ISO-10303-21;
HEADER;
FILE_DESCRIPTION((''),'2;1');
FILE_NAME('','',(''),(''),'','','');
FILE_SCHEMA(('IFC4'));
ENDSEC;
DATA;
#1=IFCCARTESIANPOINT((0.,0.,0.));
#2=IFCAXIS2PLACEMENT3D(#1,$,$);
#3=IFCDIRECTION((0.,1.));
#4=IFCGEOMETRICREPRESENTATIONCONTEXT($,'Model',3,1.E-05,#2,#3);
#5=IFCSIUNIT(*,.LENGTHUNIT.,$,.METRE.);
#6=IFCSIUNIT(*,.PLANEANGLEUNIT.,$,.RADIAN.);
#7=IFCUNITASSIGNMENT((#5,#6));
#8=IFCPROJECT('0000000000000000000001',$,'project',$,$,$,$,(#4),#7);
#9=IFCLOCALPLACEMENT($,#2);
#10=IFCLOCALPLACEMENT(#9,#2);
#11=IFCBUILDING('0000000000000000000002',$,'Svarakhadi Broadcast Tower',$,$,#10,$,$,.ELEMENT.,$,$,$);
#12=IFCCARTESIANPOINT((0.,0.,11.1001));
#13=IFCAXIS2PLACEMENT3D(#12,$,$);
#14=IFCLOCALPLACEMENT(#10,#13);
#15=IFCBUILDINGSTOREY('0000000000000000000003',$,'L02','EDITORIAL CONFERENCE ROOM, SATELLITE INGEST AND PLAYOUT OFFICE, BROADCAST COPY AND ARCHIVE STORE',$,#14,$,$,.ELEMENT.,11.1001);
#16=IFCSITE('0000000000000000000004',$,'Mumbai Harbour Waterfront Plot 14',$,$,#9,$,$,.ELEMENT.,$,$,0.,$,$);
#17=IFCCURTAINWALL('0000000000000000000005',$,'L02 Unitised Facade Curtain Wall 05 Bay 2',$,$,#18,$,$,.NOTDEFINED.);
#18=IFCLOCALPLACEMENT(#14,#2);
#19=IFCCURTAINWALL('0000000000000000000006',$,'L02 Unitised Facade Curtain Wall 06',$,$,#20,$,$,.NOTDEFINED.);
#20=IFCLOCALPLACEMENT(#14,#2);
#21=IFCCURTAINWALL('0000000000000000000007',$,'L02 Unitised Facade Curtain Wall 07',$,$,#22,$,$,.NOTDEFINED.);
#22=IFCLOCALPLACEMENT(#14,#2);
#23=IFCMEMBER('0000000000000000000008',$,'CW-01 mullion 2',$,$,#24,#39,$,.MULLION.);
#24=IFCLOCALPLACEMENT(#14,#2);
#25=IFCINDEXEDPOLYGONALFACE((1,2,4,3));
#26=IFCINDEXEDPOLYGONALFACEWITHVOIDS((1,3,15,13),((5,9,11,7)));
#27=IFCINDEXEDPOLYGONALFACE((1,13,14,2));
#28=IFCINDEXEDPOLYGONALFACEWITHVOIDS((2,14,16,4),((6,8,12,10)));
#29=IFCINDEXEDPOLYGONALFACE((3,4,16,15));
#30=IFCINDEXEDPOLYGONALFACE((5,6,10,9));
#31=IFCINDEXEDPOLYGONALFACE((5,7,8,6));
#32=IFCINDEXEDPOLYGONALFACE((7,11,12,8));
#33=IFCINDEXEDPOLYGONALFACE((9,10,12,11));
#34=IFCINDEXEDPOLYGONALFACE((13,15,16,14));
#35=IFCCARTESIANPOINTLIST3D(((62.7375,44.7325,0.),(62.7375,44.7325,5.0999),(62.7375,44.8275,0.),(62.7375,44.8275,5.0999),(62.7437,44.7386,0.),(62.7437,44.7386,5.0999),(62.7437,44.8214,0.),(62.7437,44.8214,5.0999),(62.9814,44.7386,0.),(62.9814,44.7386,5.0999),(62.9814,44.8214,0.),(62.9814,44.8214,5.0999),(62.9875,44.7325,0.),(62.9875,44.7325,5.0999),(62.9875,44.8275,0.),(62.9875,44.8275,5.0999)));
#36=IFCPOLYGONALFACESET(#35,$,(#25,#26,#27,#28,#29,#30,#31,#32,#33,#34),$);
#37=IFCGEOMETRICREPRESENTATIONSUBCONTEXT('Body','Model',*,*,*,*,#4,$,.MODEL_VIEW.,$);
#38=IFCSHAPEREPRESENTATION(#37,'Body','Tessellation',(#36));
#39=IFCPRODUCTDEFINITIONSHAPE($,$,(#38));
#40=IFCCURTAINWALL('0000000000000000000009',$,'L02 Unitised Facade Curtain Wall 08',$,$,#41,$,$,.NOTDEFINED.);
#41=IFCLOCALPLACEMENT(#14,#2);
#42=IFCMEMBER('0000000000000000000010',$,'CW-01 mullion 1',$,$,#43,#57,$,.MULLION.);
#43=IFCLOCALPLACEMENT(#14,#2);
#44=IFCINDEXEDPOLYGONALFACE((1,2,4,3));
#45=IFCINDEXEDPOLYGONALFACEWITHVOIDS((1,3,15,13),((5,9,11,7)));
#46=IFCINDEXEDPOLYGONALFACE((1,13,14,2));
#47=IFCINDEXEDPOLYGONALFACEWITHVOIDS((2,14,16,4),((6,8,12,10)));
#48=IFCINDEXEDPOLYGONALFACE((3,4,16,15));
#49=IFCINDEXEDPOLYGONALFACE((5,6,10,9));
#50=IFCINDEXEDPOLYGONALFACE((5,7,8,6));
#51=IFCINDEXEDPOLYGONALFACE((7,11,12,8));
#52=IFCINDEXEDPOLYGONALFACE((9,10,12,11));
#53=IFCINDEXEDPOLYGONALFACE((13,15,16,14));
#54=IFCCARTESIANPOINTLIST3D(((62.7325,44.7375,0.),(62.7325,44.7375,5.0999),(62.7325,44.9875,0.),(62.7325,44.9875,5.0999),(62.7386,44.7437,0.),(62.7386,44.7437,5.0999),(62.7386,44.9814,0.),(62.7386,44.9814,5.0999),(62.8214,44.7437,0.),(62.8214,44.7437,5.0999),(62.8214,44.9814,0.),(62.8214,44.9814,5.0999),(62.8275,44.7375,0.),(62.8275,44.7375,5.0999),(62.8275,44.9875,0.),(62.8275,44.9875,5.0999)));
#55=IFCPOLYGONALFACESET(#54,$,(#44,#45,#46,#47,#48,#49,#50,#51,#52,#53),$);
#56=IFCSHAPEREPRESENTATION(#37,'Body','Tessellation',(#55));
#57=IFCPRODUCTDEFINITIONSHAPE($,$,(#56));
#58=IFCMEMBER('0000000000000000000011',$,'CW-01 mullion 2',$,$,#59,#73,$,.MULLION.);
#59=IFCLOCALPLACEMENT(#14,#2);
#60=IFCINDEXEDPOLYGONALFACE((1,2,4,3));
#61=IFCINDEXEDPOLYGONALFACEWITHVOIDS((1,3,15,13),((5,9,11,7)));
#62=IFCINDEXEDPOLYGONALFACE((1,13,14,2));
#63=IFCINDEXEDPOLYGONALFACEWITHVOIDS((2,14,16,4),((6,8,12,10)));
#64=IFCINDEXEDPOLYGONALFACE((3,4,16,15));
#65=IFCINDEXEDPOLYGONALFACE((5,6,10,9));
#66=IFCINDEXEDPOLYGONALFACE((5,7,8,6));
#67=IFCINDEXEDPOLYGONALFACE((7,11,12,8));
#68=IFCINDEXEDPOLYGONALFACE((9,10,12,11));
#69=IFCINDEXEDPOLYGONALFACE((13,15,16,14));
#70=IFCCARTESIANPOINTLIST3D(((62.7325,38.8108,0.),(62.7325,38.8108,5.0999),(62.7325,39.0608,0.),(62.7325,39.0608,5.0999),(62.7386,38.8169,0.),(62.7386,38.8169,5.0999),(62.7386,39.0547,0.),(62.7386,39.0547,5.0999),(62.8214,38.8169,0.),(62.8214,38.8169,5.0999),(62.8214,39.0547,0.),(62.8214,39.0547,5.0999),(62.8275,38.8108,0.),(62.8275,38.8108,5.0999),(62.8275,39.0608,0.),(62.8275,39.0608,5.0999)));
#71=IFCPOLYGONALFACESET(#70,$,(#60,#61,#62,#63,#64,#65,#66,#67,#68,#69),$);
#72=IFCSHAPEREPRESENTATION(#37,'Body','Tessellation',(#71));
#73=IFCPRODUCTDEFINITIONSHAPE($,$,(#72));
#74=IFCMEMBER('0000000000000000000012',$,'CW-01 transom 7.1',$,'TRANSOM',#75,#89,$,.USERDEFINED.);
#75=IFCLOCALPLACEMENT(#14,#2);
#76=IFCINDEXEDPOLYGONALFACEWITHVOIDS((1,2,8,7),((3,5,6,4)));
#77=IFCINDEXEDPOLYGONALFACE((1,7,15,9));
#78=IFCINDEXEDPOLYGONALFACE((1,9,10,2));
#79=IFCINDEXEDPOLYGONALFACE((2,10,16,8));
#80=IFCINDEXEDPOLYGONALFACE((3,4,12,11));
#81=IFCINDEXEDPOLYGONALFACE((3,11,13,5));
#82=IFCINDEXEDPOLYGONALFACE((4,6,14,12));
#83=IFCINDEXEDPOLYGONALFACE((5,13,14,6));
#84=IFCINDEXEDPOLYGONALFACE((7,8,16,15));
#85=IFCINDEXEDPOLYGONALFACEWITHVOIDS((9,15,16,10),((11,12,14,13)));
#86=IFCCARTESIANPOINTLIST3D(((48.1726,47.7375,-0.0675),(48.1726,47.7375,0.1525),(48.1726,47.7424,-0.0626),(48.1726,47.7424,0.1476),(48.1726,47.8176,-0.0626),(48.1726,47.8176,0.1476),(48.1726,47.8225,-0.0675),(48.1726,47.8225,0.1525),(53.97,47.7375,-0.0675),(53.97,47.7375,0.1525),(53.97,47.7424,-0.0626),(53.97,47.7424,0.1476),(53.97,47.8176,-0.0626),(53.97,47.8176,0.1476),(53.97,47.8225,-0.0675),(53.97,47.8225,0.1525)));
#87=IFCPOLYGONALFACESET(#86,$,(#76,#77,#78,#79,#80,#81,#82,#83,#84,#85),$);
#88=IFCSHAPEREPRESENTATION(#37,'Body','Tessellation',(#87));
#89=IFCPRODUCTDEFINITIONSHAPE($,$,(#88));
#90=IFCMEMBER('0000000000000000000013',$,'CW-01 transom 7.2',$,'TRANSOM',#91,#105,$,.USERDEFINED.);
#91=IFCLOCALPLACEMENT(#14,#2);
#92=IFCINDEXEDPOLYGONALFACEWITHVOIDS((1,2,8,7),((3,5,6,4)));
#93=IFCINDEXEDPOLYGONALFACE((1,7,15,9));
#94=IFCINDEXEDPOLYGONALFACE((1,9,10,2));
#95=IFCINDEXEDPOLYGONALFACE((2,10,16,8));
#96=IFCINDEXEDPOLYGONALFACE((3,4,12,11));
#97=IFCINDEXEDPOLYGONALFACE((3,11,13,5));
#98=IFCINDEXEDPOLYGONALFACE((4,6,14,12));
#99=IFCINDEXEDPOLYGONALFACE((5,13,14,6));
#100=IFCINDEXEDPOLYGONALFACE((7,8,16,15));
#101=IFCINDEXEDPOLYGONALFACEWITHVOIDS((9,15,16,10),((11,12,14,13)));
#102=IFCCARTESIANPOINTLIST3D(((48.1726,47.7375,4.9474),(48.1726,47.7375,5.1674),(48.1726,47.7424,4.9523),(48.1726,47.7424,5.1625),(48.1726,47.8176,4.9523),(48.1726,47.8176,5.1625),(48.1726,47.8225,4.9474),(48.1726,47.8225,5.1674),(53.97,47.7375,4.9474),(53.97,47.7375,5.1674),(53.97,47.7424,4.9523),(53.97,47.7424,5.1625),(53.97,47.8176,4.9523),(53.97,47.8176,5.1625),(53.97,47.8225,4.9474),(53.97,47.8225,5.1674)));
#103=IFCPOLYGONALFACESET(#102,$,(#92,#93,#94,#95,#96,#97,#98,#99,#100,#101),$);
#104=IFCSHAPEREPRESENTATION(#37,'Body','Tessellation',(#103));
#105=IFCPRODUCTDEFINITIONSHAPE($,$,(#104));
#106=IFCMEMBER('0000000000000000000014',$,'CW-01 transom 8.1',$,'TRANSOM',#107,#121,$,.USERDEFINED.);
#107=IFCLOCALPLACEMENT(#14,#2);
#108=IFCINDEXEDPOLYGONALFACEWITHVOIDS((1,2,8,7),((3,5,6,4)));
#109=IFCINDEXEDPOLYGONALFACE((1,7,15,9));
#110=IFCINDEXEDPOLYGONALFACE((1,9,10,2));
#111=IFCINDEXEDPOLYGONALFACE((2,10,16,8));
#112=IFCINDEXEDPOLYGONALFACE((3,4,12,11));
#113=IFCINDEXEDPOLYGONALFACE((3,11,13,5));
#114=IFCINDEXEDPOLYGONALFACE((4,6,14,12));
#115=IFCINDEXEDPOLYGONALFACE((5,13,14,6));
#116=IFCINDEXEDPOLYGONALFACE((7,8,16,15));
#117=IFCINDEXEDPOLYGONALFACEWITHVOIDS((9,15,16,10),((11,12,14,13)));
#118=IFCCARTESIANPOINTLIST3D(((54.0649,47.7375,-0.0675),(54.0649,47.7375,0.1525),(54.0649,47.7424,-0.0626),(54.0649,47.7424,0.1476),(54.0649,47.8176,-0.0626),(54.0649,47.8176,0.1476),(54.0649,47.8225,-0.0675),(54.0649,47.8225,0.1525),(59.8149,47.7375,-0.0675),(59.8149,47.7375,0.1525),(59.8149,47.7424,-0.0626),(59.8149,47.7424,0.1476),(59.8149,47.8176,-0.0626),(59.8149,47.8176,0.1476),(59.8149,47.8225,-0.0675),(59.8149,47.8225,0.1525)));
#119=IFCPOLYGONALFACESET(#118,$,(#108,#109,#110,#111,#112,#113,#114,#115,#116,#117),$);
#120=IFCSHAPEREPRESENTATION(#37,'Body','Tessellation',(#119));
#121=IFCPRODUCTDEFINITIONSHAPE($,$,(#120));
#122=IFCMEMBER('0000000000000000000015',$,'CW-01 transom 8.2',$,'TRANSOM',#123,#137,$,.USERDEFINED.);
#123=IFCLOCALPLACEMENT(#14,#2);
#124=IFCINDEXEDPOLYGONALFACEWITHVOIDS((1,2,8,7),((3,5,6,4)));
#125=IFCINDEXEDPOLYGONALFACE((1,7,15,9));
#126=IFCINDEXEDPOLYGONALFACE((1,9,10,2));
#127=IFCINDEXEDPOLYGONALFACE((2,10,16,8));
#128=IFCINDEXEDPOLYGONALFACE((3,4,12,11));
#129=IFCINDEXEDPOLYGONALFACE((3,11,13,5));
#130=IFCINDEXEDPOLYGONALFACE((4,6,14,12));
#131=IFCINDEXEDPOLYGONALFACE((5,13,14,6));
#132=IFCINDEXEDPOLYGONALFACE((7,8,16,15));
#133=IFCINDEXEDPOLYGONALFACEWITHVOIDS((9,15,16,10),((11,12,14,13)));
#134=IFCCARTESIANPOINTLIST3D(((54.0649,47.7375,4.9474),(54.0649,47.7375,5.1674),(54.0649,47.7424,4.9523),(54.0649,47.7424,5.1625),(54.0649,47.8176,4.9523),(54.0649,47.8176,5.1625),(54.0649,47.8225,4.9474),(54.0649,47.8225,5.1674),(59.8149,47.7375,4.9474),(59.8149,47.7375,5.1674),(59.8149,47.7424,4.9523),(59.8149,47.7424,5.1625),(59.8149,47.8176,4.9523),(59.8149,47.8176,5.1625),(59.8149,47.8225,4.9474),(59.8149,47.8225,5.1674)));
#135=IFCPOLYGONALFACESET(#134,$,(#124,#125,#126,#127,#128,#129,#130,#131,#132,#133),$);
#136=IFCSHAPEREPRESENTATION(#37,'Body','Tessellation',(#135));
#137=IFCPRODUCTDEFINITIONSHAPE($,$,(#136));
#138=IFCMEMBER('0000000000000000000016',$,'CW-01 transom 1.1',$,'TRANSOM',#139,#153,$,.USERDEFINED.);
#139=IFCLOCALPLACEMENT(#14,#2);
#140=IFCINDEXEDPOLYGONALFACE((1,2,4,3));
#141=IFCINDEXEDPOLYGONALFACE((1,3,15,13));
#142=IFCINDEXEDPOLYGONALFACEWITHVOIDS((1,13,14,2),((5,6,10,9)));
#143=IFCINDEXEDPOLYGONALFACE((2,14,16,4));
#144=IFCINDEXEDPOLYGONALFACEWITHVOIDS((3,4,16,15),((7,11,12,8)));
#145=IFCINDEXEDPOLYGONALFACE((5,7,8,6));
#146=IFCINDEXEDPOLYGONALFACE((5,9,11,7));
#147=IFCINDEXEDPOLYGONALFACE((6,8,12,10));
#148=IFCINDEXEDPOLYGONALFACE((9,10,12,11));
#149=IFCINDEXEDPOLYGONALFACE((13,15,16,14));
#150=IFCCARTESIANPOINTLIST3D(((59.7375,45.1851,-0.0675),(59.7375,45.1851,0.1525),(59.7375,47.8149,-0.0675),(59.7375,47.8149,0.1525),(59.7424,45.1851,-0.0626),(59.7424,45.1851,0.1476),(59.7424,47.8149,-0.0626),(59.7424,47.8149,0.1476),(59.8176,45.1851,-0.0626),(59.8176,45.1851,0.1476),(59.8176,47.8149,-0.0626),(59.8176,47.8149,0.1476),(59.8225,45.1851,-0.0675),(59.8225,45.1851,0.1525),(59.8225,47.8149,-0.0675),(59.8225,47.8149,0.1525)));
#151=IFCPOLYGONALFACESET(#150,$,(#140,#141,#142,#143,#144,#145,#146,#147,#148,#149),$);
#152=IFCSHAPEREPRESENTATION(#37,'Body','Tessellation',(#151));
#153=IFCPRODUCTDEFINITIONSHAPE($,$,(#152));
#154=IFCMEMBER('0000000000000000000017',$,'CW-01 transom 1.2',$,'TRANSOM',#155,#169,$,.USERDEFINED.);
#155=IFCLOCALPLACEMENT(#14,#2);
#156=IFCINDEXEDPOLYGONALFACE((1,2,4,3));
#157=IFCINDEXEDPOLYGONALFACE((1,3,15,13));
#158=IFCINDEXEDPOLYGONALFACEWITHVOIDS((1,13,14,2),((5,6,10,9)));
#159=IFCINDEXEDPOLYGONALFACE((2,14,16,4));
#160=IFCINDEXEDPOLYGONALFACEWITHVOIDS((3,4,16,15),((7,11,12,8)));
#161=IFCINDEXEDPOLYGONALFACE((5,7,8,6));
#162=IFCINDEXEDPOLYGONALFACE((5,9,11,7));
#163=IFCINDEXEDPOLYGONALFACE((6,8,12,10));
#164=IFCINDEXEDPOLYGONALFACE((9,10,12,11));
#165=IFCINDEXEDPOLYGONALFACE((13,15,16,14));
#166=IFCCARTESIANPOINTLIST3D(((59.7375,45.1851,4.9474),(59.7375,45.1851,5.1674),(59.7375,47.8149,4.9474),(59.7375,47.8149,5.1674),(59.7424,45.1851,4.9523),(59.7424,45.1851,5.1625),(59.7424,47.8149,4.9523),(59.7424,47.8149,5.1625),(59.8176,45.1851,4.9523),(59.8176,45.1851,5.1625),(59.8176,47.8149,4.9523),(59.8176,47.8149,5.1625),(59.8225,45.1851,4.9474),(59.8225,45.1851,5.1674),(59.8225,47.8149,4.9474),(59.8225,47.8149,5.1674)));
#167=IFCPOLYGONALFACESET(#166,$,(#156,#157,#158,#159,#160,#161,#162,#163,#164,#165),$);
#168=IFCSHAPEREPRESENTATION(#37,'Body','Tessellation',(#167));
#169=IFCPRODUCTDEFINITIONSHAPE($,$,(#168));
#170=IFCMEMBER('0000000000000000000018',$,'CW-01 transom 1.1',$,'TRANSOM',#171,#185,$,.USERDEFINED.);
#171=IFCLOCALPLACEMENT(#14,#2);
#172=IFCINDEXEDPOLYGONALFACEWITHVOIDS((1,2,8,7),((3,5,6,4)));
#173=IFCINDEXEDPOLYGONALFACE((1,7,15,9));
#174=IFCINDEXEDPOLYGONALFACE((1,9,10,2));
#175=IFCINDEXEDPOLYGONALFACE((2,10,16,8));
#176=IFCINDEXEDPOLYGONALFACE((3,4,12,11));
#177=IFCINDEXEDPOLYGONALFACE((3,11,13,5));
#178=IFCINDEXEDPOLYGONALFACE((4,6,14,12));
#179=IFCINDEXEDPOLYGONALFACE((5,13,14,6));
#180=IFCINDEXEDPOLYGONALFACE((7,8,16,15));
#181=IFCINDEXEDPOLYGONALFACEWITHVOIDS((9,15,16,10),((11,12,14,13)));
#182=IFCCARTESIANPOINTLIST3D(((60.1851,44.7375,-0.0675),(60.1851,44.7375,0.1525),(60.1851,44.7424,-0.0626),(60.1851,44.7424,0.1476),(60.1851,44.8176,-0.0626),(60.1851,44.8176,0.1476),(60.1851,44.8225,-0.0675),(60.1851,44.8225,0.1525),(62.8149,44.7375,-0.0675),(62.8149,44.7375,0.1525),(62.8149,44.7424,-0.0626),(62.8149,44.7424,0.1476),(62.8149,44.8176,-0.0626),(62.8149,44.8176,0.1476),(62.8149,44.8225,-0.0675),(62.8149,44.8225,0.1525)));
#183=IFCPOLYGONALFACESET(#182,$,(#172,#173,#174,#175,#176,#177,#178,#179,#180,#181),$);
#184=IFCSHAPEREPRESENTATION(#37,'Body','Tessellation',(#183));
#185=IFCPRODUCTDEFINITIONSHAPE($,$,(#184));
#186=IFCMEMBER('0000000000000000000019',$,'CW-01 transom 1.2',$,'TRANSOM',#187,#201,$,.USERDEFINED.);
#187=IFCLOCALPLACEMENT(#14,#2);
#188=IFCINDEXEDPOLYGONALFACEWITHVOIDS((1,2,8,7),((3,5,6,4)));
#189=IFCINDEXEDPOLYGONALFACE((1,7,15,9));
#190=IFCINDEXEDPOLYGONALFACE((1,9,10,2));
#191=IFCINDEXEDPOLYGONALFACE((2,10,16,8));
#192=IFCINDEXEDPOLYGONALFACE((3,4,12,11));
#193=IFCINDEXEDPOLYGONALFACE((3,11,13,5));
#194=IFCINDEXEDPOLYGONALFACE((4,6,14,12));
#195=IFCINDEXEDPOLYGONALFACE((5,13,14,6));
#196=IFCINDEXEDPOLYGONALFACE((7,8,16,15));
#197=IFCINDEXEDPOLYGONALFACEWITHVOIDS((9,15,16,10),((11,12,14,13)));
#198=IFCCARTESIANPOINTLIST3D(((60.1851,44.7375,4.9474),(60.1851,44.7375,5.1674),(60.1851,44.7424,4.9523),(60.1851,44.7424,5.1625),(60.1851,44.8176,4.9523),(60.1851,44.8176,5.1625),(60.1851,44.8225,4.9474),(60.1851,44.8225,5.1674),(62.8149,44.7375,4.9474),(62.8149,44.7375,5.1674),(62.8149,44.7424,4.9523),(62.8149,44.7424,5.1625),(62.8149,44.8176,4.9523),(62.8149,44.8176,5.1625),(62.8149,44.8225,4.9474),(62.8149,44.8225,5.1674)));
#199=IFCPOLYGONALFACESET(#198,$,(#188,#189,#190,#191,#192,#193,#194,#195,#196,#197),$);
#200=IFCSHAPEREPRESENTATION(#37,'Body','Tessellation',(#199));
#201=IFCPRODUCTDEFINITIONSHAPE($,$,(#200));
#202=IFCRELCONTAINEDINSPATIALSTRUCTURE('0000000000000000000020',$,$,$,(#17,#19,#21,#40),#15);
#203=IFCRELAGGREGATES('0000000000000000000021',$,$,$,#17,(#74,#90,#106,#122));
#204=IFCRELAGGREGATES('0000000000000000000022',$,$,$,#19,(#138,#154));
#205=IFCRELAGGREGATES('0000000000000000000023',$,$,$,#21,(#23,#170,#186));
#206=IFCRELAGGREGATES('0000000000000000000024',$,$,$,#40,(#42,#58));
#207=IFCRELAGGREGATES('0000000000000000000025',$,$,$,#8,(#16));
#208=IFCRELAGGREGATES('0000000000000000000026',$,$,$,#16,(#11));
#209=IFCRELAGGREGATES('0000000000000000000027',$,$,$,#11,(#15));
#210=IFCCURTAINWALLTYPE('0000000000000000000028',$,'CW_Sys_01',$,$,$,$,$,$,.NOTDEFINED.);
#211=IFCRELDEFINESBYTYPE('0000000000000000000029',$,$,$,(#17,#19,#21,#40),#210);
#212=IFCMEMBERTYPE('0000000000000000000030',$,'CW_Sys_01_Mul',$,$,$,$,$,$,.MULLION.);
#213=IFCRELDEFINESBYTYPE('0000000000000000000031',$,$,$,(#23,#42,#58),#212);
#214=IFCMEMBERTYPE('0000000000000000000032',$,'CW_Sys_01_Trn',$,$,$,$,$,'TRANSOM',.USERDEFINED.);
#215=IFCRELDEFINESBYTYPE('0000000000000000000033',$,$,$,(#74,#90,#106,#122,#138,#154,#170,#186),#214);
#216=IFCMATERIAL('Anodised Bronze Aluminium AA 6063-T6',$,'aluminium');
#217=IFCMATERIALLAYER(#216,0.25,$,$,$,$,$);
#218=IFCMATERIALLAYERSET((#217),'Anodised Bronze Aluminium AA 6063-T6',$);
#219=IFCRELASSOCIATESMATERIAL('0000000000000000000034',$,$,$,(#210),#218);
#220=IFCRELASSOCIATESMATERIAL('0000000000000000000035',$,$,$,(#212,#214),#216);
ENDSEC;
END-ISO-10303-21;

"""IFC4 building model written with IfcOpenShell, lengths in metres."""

from ifc_helpers import new_model, si_unit, direction, frame, origin, origin_2d, place, context, subcontext, project, spatial, hollow_rectangle, extrude, material, layer, layer_set, material_profile, profile_set, type_object, element, aggregate, save


model = new_model("IFC4")

# Units and contexts
model_context = context("Model", 3, precision=1e-05, world=origin(), true_north=direction((0.0, 1.0)))
body_context = subcontext(model_context, "Body", "Model", "MODEL_VIEW")
ifc_project = project(units=[si_unit("LENGTHUNIT", "METRE"), si_unit("PLANEANGLEUNIT", "RADIAN")], contexts=[model_context])

# Site, building, storey
site_placement = place(None, origin())
site = spatial("IfcSite", under=ifc_project, at=site_placement, Name="Mumbai Harbour Waterfront Plot 14", CompositionType="ELEMENT", RefElevation=0.0)
building_placement = place(site_placement, origin())
building = spatial("IfcBuilding", under=site, at=building_placement, Name="Svarakhadi Broadcast Tower", CompositionType="ELEMENT")
storey_placement = place(building_placement, frame((0.0, 0.0, 11.1001)))
storey = spatial("IfcBuildingStorey", under=building, at=storey_placement, Name="L02", Description="EDITORIAL CONFERENCE ROOM, SATELLITE INGEST AND PLAYOUT OFFICE, BROADCAST COPY AND ARCHIVE STORE", CompositionType="ELEMENT", Elevation=11.1001)

# Curtain walls, members
ifc_material_1 = material(Name="Anodised Bronze Aluminium AA 6063-T6", Category="aluminium")
ifc_layer_1 = layer(ifc_material_1, 0.25)
ifc_layer_set_1 = layer_set([ifc_layer_1], Name="Anodised Bronze Aluminium AA 6063-T6")
curtain_wall_type = type_object("IfcCurtainWallType", Name="CW_Sys_01", PredefinedType="NOTDEFINED", material=ifc_layer_set_1)
curtain_wall_1_placement = place(storey_placement, origin())
curtain_wall_1 = element("IfcCurtainWall", 1, at=curtain_wall_1_placement, inside=storey, type_object=curtain_wall_type, Name="L02 Unitised Facade Curtain Wall 05 Bay 2", PredefinedType="NOTDEFINED")
ifc_material_profile_1 = material_profile(ifc_material_1, hollow_rectangle(XDim=0.095, YDim=0.25, WallThickness=0.0061, at=origin_2d()), Name="ALU MULLION 250x95x6")
ifc_profile_set_1 = profile_set([ifc_material_profile_1], Name="Anodised Bronze Aluminium AA 6063-T6")
member_type_1 = type_object("IfcMemberType", Name="CW_Sys_01_Mul", PredefinedType="MULLION", material=ifc_profile_set_1)
curtain_wall_2_placement = place(storey_placement, origin())
curtain_wall_2 = element("IfcCurtainWall", 2, at=curtain_wall_2_placement, inside=storey, type_object=curtain_wall_type, Name="L02 Unitised Facade Curtain Wall 06", PredefinedType="NOTDEFINED")
curtain_wall_3_placement = place(storey_placement, origin())
curtain_wall_3 = element("IfcCurtainWall", 3, at=curtain_wall_3_placement, inside=storey, type_object=curtain_wall_type, Name="L02 Unitised Facade Curtain Wall 07", PredefinedType="NOTDEFINED")
member_1_placement = place(storey_placement, frame((62.8625, 44.78, 0.0), z_axis=(0.0, 0.0, 1.0), x_axis=(0.0, 1.0, 0.0)))
member_1 = element("IfcMember", 4, at=member_1_placement, type_object=member_type_1, Name="CW-01 mullion 2", PredefinedType="MULLION", context=body_context, shape_type="SweptSolid", body=[
    extrude(hollow_rectangle(XDim=0.095, YDim=0.25, WallThickness=0.0061, at=origin_2d()), origin(), (0.0, 0.0, 1.0), 5.0999),
])
curtain_wall_4_placement = place(storey_placement, origin())
curtain_wall_4 = element("IfcCurtainWall", 5, at=curtain_wall_4_placement, inside=storey, type_object=curtain_wall_type, Name="L02 Unitised Facade Curtain Wall 08", PredefinedType="NOTDEFINED")
member_2_placement = place(storey_placement, frame((62.78, 44.8625, 0.0), z_axis=(0.0, 0.0, 1.0), x_axis=(1.0, 0.0, 0.0)))
member_2 = element("IfcMember", 6, at=member_2_placement, type_object=member_type_1, Name="CW-01 mullion 1", PredefinedType="MULLION", context=body_context, shape_type="SweptSolid", body=[
    extrude(hollow_rectangle(XDim=0.095, YDim=0.25, WallThickness=0.0061, at=origin_2d()), origin(), (0.0, 0.0, 1.0), 5.0999),
])
member_3_placement = place(storey_placement, frame((62.78, 38.9358, 0.0), z_axis=(0.0, 0.0, 1.0), x_axis=(1.0, 0.0, 0.0)))
member_3 = element("IfcMember", 7, at=member_3_placement, type_object=member_type_1, Name="CW-01 mullion 2", PredefinedType="MULLION", context=body_context, shape_type="SweptSolid", body=[
    extrude(hollow_rectangle(XDim=0.095, YDim=0.25, WallThickness=0.0061, at=origin_2d()), origin(), (0.0, 0.0, 1.0), 5.0999),
])

# Members
ifc_material_profile_2 = material_profile(ifc_material_1, hollow_rectangle(XDim=0.085, YDim=0.22, WallThickness=0.0049, at=origin_2d()), Name="ALU TRANSOM 220x85x5")
ifc_profile_set_2 = profile_set([ifc_material_profile_2], Name="Anodised Bronze Aluminium AA 6063-T6")
member_type_2 = type_object("IfcMemberType", Name="CW_Sys_01_Trn", ElementType="TRANSOM", PredefinedType="USERDEFINED", material=ifc_profile_set_2)
member_4_placement = place(storey_placement, frame((48.1726, 47.78, 0.0425), z_axis=(1.0, 0.0, 0.0), x_axis=(0.0, 1.0, 0.0)))
member_4 = element("IfcMember", 8, at=member_4_placement, type_object=member_type_2, Name="CW-01 transom 7.1", ObjectType="TRANSOM", PredefinedType="USERDEFINED", context=body_context, shape_type="SweptSolid", body=[
    extrude(hollow_rectangle(XDim=0.085, YDim=0.22, WallThickness=0.0049, at=origin_2d()), origin(), (0.0, 0.0, 1.0), 5.7974),
])
member_5_placement = place(storey_placement, frame((48.1726, 47.78, 5.0574), z_axis=(1.0, 0.0, 0.0), x_axis=(0.0, 1.0, 0.0)))
member_5 = element("IfcMember", 9, at=member_5_placement, type_object=member_type_2, Name="CW-01 transom 7.2", ObjectType="TRANSOM", PredefinedType="USERDEFINED", context=body_context, shape_type="SweptSolid", body=[
    extrude(hollow_rectangle(XDim=0.085, YDim=0.22, WallThickness=0.0049, at=origin_2d()), origin(), (0.0, 0.0, 1.0), 5.7974),
])
member_6_placement = place(storey_placement, frame((54.0649, 47.78, 0.0425), z_axis=(1.0, 0.0, 0.0), x_axis=(0.0, 1.0, 0.0)))
member_6 = element("IfcMember", 10, at=member_6_placement, type_object=member_type_2, Name="CW-01 transom 8.1", ObjectType="TRANSOM", PredefinedType="USERDEFINED", context=body_context, shape_type="SweptSolid", body=[
    extrude(hollow_rectangle(XDim=0.085, YDim=0.22, WallThickness=0.0049, at=origin_2d()), origin(), (0.0, 0.0, 1.0), 5.75),
])
member_7_placement = place(storey_placement, frame((54.0649, 47.78, 5.0574), z_axis=(1.0, 0.0, 0.0), x_axis=(0.0, 1.0, 0.0)))
member_7 = element("IfcMember", 11, at=member_7_placement, type_object=member_type_2, Name="CW-01 transom 8.2", ObjectType="TRANSOM", PredefinedType="USERDEFINED", context=body_context, shape_type="SweptSolid", body=[
    extrude(hollow_rectangle(XDim=0.085, YDim=0.22, WallThickness=0.0049, at=origin_2d()), origin(), (0.0, 0.0, 1.0), 5.75),
])
member_8_placement = place(storey_placement, frame((59.78, 47.8149, 0.0425), z_axis=(0.0, -1.0, 0.0), x_axis=(1.0, 0.0, 0.0)))
member_8 = element("IfcMember", 12, at=member_8_placement, type_object=member_type_2, Name="CW-01 transom 1.1", ObjectType="TRANSOM", PredefinedType="USERDEFINED", context=body_context, shape_type="SweptSolid", body=[
    extrude(hollow_rectangle(XDim=0.085, YDim=0.22, WallThickness=0.0049, at=origin_2d()), origin(), (0.0, 0.0, 1.0), 2.6299),
])
member_9_placement = place(storey_placement, frame((59.78, 47.8149, 5.0574), z_axis=(0.0, -1.0, 0.0), x_axis=(1.0, 0.0, 0.0)))
member_9 = element("IfcMember", 13, at=member_9_placement, type_object=member_type_2, Name="CW-01 transom 1.2", ObjectType="TRANSOM", PredefinedType="USERDEFINED", context=body_context, shape_type="SweptSolid", body=[
    extrude(hollow_rectangle(XDim=0.085, YDim=0.22, WallThickness=0.0049, at=origin_2d()), origin(), (0.0, 0.0, 1.0), 2.6299),
])
member_10_placement = place(storey_placement, frame((60.1851, 44.78, 0.0425), z_axis=(1.0, 0.0, 0.0), x_axis=(0.0, 1.0, 0.0)))
member_10 = element("IfcMember", 14, at=member_10_placement, type_object=member_type_2, Name="CW-01 transom 1.1", ObjectType="TRANSOM", PredefinedType="USERDEFINED", context=body_context, shape_type="SweptSolid", body=[
    extrude(hollow_rectangle(XDim=0.085, YDim=0.22, WallThickness=0.0049, at=origin_2d()), origin(), (0.0, 0.0, 1.0), 2.6299),
])
member_11_placement = place(storey_placement, frame((60.1851, 44.78, 5.0574), z_axis=(1.0, 0.0, 0.0), x_axis=(0.0, 1.0, 0.0)))
member_11 = element("IfcMember", 15, at=member_11_placement, type_object=member_type_2, Name="CW-01 transom 1.2", ObjectType="TRANSOM", PredefinedType="USERDEFINED", context=body_context, shape_type="SweptSolid", body=[
    extrude(hollow_rectangle(XDim=0.085, YDim=0.22, WallThickness=0.0049, at=origin_2d()), origin(), (0.0, 0.0, 1.0), 2.6299),
])

aggregate(curtain_wall_1, [member_4, member_5, member_6, member_7])
aggregate(curtain_wall_2, [member_8, member_9])
aggregate(curtain_wall_3, [member_1, member_10, member_11])
aggregate(curtain_wall_4, [member_2, member_3])

save(model, "model.ifc")
